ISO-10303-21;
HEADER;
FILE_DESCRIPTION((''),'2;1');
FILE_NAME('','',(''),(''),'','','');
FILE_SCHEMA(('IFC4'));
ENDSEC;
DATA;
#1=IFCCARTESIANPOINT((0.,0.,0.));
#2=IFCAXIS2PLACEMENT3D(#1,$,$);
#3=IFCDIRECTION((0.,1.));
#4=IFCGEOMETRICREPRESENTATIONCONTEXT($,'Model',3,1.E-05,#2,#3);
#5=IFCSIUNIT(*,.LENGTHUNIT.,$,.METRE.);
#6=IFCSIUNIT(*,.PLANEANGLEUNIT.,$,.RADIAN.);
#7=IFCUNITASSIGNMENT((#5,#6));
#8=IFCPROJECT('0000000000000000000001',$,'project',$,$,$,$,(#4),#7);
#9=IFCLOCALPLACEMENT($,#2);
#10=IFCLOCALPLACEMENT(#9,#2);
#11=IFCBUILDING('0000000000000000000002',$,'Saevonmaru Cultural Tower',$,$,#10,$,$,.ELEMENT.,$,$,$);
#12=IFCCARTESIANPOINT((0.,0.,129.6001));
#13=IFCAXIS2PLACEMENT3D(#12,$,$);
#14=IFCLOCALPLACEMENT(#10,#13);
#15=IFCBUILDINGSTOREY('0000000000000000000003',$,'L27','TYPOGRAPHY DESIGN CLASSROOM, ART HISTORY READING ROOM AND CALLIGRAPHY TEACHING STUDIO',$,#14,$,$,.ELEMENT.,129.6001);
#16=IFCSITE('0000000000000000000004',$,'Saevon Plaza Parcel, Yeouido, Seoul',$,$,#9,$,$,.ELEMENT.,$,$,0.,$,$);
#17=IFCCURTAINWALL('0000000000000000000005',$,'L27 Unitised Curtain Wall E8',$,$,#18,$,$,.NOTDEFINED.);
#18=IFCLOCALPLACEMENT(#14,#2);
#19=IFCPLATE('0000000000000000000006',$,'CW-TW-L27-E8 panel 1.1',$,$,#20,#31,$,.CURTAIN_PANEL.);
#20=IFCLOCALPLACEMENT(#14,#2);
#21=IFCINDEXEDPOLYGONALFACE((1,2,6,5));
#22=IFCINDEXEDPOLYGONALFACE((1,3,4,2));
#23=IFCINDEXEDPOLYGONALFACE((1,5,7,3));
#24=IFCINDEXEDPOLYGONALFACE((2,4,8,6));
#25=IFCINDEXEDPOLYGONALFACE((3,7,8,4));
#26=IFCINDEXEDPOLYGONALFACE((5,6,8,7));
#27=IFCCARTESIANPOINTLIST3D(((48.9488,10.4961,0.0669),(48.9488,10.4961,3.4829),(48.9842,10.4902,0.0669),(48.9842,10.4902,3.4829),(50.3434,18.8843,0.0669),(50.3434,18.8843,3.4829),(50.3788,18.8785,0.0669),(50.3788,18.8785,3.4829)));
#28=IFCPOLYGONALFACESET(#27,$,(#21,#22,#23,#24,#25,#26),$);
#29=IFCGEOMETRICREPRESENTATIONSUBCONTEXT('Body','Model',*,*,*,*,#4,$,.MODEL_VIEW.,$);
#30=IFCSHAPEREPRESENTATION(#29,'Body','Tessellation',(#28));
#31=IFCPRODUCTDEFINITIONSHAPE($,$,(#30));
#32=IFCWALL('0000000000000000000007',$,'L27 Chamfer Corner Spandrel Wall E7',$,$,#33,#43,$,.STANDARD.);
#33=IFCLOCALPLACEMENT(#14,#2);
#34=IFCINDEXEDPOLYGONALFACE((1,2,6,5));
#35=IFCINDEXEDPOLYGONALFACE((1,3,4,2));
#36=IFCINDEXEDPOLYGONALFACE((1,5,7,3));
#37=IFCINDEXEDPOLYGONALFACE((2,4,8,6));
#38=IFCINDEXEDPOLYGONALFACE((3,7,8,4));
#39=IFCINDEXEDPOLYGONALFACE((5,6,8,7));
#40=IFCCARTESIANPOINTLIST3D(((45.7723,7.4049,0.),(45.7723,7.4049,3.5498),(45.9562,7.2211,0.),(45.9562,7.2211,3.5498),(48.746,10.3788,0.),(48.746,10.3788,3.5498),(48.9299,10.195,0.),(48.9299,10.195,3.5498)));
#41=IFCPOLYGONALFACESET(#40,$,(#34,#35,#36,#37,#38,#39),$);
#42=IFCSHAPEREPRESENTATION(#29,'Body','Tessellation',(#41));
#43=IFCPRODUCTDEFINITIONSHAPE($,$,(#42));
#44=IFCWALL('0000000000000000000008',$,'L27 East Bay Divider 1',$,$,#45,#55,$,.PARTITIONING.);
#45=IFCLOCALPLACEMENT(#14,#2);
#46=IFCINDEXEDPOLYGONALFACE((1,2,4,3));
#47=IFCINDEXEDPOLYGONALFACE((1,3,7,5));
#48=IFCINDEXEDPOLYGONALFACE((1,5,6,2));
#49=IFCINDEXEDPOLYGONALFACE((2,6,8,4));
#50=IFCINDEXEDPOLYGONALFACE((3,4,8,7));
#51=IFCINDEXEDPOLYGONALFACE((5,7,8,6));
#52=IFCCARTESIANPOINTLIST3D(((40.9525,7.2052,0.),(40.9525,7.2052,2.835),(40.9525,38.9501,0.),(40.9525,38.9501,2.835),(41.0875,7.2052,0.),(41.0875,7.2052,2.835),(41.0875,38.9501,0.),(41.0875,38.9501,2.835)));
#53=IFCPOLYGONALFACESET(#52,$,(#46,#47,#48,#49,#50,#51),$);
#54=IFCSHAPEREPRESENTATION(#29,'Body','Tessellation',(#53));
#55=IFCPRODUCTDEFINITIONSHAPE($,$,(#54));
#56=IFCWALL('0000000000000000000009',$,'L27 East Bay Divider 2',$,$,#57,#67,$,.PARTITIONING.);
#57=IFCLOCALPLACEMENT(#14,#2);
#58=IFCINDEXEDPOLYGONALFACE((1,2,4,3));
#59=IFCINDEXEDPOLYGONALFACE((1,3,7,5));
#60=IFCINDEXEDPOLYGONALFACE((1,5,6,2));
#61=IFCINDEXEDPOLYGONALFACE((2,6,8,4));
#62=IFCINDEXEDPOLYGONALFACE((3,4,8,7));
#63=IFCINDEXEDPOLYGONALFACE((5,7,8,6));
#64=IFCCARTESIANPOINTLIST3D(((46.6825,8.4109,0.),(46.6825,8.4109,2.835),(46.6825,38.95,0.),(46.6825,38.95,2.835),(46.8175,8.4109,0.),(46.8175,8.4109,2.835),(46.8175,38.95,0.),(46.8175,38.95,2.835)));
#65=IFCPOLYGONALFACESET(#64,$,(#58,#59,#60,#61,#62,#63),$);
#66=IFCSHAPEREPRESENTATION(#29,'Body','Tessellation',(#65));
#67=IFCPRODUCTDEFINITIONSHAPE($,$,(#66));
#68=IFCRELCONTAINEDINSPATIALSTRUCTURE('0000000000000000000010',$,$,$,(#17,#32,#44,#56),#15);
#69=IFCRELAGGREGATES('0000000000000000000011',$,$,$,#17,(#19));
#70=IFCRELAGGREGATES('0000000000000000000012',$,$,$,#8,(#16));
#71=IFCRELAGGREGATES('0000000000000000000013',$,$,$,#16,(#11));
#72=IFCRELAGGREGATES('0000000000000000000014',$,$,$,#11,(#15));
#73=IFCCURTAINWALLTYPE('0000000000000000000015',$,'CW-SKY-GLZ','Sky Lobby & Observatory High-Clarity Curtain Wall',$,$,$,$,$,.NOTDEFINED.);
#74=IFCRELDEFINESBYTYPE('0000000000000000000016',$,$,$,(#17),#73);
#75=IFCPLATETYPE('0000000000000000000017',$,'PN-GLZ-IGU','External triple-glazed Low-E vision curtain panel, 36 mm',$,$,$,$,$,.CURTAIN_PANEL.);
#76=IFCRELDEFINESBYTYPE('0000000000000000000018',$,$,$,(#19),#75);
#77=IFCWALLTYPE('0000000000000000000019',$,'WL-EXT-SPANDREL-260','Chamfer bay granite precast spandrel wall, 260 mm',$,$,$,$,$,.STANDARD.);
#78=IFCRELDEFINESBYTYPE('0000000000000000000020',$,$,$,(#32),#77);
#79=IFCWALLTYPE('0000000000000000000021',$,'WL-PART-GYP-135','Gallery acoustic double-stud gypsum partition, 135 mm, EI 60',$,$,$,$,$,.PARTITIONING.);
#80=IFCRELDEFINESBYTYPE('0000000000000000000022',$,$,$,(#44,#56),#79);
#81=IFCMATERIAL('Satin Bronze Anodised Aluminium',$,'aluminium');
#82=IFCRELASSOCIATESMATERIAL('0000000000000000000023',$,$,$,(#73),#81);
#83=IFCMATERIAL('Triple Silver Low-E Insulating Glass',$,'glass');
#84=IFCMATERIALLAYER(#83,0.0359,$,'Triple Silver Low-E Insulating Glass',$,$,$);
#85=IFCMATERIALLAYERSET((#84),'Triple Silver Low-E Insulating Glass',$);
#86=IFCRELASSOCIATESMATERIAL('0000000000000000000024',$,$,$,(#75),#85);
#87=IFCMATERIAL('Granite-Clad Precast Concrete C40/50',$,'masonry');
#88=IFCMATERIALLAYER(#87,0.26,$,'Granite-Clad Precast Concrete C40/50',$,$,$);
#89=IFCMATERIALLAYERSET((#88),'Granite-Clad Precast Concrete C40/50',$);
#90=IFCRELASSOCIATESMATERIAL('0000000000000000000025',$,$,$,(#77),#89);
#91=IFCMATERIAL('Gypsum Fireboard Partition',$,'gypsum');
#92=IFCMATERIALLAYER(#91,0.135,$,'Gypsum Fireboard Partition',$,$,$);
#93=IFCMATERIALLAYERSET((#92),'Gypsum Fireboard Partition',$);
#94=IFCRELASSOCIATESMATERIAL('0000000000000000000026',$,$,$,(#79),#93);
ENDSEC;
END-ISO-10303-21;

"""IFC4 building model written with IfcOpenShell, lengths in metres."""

from ifc_helpers import new_model, si_unit, direction, frame, frame_2d, origin, origin_2d, place, context, subcontext, project, spatial, rectangle, extrude, material, layer, layer_set, type_object, element, aggregate, save


model = new_model("IFC4")

# Units and contexts
model_context = context("Model", 3, precision=1e-05, world=origin(), true_north=direction((0.0, 1.0)))
body_context = subcontext(model_context, "Body", "Model", "MODEL_VIEW")
ifc_project = project(units=[si_unit("LENGTHUNIT", "METRE"), si_unit("PLANEANGLEUNIT", "RADIAN")], contexts=[model_context])

# Site, building, storey
site_placement = place(None, origin())
site = spatial("IfcSite", under=ifc_project, at=site_placement, Name="Saevon Plaza Parcel, Yeouido, Seoul", CompositionType="ELEMENT", RefElevation=0.0)
building_placement = place(site_placement, origin())
building = spatial("IfcBuilding", under=site, at=building_placement, Name="Saevonmaru Cultural Tower", CompositionType="ELEMENT")
storey_placement = place(building_placement, frame((0.0, 0.0, 129.6001)))
storey = spatial("IfcBuildingStorey", under=building, at=storey_placement, Name="L27", Description="TYPOGRAPHY DESIGN CLASSROOM, ART HISTORY READING ROOM AND CALLIGRAPHY TEACHING STUDIO", CompositionType="ELEMENT", Elevation=129.6001)

# Shared definitions
ifc_material_1 = material(Name="Satin Bronze Anodised Aluminium", Category="aluminium")
curtain_wall_type = type_object("IfcCurtainWallType", Name="CW-SKY-GLZ", Description="Sky Lobby & Observatory High-Clarity Curtain Wall", PredefinedType="NOTDEFINED", material=ifc_material_1)

# Curtain wall
curtain_wall_1_placement = place(storey_placement, origin())
curtain_wall_1 = element("IfcCurtainWall", 1, at=curtain_wall_1_placement, inside=storey, type_object=curtain_wall_type, Name="L27 Unitised Curtain Wall E8", PredefinedType="NOTDEFINED")

# Plate
ifc_material_2 = material(Name="Triple Silver Low-E Insulating Glass", Category="glass")
ifc_layer_1 = layer(ifc_material_2, 0.0359, Name="Triple Silver Low-E Insulating Glass")
ifc_layer_set_1 = layer_set([ifc_layer_1], Name="Triple Silver Low-E Insulating Glass")
plate_type = type_object("IfcPlateType", Name="PN-GLZ-IGU", Description="External triple-glazed Low-E vision curtain panel, 36 mm", PredefinedType="CURTAIN_PANEL", material=ifc_layer_set_1)
plate_1_placement = place(storey_placement, frame((49.6638, 14.6873, 0.0669), z_axis=(0.0, 0.0, 1.0), x_axis=(0.163999, 0.986461, 0.0)))
plate_1 = element("IfcPlate", 2, at=plate_1_placement, type_object=plate_type, Name="CW-TW-L27-E8 panel 1.1", PredefinedType="CURTAIN_PANEL", context=body_context, shape_type="SweptSolid", body=[
    extrude(rectangle(XDim=8.5034, YDim=0.0359, at=origin_2d()), origin(), (0.0, 0.0, 1.0), 3.416),
])
aggregate(curtain_wall_1, [plate_1])

# Walls
ifc_material_3 = material(Name="Granite-Clad Precast Concrete C40/50", Category="masonry")
ifc_layer_2 = layer(ifc_material_3, 0.26, Name="Granite-Clad Precast Concrete C40/50")
ifc_layer_set_2 = layer_set([ifc_layer_2], Name="Granite-Clad Precast Concrete C40/50")
wall_type_1 = type_object("IfcWallType", Name="WL-EXT-SPANDREL-260", Description="Chamfer bay granite precast spandrel wall, 260 mm", PredefinedType="STANDARD", material=ifc_layer_set_2)
wall_1_placement = place(storey_placement, frame((45.8643, 7.313, 0.0), z_axis=(0.0, 0.0, 1.0), x_axis=(0.707078, 0.707136, 0.0)))
element("IfcWall", 3, at=wall_1_placement, inside=storey, type_object=wall_type_1, Name="L27 Chamfer Corner Spandrel Wall E7", PredefinedType="STANDARD", context=body_context, shape_type="SweptSolid", body=[
    extrude(rectangle(XDim=4.2056, YDim=0.26, at=frame_2d((2.1028, 0.0))), origin(), (0.0, 0.0, 1.0), 3.5498),
])
ifc_material_4 = material(Name="Gypsum Fireboard Partition", Category="gypsum")
ifc_layer_3 = layer(ifc_material_4, 0.135, Name="Gypsum Fireboard Partition")
ifc_layer_set_3 = layer_set([ifc_layer_3], Name="Gypsum Fireboard Partition")
wall_type_2 = type_object("IfcWallType", Name="WL-PART-GYP-135", Description="Gallery acoustic double-stud gypsum partition, 135 mm, EI 60", PredefinedType="PARTITIONING", material=ifc_layer_set_3)
wall_2_placement = place(storey_placement, frame((41.02, 7.2051, 0.0), z_axis=(0.0, 0.0, 1.0), x_axis=(0.0, 1.0, 0.0)))
element("IfcWall", 4, at=wall_2_placement, inside=storey, type_object=wall_type_2, Name="L27 East Bay Divider 1", PredefinedType="PARTITIONING", context=body_context, shape_type="SweptSolid", body=[
    extrude(rectangle(XDim=31.7449, YDim=0.135, at=frame_2d((15.8726, 0.0))), origin(), (0.0, 0.0, 1.0), 2.835),
])
wall_3_placement = place(storey_placement, frame((46.75, 8.4109, 0.0), z_axis=(0.0, 0.0, 1.0), x_axis=(0.0, 1.0, 0.0)))
element("IfcWall", 5, at=wall_3_placement, inside=storey, type_object=wall_type_2, Name="L27 East Bay Divider 2", PredefinedType="PARTITIONING", context=body_context, shape_type="SweptSolid", body=[
    extrude(rectangle(XDim=30.5391, YDim=0.135, at=frame_2d((15.2695, 0.0))), origin(), (0.0, 0.0, 1.0), 2.835),
])

save(model, "model.ifc")
